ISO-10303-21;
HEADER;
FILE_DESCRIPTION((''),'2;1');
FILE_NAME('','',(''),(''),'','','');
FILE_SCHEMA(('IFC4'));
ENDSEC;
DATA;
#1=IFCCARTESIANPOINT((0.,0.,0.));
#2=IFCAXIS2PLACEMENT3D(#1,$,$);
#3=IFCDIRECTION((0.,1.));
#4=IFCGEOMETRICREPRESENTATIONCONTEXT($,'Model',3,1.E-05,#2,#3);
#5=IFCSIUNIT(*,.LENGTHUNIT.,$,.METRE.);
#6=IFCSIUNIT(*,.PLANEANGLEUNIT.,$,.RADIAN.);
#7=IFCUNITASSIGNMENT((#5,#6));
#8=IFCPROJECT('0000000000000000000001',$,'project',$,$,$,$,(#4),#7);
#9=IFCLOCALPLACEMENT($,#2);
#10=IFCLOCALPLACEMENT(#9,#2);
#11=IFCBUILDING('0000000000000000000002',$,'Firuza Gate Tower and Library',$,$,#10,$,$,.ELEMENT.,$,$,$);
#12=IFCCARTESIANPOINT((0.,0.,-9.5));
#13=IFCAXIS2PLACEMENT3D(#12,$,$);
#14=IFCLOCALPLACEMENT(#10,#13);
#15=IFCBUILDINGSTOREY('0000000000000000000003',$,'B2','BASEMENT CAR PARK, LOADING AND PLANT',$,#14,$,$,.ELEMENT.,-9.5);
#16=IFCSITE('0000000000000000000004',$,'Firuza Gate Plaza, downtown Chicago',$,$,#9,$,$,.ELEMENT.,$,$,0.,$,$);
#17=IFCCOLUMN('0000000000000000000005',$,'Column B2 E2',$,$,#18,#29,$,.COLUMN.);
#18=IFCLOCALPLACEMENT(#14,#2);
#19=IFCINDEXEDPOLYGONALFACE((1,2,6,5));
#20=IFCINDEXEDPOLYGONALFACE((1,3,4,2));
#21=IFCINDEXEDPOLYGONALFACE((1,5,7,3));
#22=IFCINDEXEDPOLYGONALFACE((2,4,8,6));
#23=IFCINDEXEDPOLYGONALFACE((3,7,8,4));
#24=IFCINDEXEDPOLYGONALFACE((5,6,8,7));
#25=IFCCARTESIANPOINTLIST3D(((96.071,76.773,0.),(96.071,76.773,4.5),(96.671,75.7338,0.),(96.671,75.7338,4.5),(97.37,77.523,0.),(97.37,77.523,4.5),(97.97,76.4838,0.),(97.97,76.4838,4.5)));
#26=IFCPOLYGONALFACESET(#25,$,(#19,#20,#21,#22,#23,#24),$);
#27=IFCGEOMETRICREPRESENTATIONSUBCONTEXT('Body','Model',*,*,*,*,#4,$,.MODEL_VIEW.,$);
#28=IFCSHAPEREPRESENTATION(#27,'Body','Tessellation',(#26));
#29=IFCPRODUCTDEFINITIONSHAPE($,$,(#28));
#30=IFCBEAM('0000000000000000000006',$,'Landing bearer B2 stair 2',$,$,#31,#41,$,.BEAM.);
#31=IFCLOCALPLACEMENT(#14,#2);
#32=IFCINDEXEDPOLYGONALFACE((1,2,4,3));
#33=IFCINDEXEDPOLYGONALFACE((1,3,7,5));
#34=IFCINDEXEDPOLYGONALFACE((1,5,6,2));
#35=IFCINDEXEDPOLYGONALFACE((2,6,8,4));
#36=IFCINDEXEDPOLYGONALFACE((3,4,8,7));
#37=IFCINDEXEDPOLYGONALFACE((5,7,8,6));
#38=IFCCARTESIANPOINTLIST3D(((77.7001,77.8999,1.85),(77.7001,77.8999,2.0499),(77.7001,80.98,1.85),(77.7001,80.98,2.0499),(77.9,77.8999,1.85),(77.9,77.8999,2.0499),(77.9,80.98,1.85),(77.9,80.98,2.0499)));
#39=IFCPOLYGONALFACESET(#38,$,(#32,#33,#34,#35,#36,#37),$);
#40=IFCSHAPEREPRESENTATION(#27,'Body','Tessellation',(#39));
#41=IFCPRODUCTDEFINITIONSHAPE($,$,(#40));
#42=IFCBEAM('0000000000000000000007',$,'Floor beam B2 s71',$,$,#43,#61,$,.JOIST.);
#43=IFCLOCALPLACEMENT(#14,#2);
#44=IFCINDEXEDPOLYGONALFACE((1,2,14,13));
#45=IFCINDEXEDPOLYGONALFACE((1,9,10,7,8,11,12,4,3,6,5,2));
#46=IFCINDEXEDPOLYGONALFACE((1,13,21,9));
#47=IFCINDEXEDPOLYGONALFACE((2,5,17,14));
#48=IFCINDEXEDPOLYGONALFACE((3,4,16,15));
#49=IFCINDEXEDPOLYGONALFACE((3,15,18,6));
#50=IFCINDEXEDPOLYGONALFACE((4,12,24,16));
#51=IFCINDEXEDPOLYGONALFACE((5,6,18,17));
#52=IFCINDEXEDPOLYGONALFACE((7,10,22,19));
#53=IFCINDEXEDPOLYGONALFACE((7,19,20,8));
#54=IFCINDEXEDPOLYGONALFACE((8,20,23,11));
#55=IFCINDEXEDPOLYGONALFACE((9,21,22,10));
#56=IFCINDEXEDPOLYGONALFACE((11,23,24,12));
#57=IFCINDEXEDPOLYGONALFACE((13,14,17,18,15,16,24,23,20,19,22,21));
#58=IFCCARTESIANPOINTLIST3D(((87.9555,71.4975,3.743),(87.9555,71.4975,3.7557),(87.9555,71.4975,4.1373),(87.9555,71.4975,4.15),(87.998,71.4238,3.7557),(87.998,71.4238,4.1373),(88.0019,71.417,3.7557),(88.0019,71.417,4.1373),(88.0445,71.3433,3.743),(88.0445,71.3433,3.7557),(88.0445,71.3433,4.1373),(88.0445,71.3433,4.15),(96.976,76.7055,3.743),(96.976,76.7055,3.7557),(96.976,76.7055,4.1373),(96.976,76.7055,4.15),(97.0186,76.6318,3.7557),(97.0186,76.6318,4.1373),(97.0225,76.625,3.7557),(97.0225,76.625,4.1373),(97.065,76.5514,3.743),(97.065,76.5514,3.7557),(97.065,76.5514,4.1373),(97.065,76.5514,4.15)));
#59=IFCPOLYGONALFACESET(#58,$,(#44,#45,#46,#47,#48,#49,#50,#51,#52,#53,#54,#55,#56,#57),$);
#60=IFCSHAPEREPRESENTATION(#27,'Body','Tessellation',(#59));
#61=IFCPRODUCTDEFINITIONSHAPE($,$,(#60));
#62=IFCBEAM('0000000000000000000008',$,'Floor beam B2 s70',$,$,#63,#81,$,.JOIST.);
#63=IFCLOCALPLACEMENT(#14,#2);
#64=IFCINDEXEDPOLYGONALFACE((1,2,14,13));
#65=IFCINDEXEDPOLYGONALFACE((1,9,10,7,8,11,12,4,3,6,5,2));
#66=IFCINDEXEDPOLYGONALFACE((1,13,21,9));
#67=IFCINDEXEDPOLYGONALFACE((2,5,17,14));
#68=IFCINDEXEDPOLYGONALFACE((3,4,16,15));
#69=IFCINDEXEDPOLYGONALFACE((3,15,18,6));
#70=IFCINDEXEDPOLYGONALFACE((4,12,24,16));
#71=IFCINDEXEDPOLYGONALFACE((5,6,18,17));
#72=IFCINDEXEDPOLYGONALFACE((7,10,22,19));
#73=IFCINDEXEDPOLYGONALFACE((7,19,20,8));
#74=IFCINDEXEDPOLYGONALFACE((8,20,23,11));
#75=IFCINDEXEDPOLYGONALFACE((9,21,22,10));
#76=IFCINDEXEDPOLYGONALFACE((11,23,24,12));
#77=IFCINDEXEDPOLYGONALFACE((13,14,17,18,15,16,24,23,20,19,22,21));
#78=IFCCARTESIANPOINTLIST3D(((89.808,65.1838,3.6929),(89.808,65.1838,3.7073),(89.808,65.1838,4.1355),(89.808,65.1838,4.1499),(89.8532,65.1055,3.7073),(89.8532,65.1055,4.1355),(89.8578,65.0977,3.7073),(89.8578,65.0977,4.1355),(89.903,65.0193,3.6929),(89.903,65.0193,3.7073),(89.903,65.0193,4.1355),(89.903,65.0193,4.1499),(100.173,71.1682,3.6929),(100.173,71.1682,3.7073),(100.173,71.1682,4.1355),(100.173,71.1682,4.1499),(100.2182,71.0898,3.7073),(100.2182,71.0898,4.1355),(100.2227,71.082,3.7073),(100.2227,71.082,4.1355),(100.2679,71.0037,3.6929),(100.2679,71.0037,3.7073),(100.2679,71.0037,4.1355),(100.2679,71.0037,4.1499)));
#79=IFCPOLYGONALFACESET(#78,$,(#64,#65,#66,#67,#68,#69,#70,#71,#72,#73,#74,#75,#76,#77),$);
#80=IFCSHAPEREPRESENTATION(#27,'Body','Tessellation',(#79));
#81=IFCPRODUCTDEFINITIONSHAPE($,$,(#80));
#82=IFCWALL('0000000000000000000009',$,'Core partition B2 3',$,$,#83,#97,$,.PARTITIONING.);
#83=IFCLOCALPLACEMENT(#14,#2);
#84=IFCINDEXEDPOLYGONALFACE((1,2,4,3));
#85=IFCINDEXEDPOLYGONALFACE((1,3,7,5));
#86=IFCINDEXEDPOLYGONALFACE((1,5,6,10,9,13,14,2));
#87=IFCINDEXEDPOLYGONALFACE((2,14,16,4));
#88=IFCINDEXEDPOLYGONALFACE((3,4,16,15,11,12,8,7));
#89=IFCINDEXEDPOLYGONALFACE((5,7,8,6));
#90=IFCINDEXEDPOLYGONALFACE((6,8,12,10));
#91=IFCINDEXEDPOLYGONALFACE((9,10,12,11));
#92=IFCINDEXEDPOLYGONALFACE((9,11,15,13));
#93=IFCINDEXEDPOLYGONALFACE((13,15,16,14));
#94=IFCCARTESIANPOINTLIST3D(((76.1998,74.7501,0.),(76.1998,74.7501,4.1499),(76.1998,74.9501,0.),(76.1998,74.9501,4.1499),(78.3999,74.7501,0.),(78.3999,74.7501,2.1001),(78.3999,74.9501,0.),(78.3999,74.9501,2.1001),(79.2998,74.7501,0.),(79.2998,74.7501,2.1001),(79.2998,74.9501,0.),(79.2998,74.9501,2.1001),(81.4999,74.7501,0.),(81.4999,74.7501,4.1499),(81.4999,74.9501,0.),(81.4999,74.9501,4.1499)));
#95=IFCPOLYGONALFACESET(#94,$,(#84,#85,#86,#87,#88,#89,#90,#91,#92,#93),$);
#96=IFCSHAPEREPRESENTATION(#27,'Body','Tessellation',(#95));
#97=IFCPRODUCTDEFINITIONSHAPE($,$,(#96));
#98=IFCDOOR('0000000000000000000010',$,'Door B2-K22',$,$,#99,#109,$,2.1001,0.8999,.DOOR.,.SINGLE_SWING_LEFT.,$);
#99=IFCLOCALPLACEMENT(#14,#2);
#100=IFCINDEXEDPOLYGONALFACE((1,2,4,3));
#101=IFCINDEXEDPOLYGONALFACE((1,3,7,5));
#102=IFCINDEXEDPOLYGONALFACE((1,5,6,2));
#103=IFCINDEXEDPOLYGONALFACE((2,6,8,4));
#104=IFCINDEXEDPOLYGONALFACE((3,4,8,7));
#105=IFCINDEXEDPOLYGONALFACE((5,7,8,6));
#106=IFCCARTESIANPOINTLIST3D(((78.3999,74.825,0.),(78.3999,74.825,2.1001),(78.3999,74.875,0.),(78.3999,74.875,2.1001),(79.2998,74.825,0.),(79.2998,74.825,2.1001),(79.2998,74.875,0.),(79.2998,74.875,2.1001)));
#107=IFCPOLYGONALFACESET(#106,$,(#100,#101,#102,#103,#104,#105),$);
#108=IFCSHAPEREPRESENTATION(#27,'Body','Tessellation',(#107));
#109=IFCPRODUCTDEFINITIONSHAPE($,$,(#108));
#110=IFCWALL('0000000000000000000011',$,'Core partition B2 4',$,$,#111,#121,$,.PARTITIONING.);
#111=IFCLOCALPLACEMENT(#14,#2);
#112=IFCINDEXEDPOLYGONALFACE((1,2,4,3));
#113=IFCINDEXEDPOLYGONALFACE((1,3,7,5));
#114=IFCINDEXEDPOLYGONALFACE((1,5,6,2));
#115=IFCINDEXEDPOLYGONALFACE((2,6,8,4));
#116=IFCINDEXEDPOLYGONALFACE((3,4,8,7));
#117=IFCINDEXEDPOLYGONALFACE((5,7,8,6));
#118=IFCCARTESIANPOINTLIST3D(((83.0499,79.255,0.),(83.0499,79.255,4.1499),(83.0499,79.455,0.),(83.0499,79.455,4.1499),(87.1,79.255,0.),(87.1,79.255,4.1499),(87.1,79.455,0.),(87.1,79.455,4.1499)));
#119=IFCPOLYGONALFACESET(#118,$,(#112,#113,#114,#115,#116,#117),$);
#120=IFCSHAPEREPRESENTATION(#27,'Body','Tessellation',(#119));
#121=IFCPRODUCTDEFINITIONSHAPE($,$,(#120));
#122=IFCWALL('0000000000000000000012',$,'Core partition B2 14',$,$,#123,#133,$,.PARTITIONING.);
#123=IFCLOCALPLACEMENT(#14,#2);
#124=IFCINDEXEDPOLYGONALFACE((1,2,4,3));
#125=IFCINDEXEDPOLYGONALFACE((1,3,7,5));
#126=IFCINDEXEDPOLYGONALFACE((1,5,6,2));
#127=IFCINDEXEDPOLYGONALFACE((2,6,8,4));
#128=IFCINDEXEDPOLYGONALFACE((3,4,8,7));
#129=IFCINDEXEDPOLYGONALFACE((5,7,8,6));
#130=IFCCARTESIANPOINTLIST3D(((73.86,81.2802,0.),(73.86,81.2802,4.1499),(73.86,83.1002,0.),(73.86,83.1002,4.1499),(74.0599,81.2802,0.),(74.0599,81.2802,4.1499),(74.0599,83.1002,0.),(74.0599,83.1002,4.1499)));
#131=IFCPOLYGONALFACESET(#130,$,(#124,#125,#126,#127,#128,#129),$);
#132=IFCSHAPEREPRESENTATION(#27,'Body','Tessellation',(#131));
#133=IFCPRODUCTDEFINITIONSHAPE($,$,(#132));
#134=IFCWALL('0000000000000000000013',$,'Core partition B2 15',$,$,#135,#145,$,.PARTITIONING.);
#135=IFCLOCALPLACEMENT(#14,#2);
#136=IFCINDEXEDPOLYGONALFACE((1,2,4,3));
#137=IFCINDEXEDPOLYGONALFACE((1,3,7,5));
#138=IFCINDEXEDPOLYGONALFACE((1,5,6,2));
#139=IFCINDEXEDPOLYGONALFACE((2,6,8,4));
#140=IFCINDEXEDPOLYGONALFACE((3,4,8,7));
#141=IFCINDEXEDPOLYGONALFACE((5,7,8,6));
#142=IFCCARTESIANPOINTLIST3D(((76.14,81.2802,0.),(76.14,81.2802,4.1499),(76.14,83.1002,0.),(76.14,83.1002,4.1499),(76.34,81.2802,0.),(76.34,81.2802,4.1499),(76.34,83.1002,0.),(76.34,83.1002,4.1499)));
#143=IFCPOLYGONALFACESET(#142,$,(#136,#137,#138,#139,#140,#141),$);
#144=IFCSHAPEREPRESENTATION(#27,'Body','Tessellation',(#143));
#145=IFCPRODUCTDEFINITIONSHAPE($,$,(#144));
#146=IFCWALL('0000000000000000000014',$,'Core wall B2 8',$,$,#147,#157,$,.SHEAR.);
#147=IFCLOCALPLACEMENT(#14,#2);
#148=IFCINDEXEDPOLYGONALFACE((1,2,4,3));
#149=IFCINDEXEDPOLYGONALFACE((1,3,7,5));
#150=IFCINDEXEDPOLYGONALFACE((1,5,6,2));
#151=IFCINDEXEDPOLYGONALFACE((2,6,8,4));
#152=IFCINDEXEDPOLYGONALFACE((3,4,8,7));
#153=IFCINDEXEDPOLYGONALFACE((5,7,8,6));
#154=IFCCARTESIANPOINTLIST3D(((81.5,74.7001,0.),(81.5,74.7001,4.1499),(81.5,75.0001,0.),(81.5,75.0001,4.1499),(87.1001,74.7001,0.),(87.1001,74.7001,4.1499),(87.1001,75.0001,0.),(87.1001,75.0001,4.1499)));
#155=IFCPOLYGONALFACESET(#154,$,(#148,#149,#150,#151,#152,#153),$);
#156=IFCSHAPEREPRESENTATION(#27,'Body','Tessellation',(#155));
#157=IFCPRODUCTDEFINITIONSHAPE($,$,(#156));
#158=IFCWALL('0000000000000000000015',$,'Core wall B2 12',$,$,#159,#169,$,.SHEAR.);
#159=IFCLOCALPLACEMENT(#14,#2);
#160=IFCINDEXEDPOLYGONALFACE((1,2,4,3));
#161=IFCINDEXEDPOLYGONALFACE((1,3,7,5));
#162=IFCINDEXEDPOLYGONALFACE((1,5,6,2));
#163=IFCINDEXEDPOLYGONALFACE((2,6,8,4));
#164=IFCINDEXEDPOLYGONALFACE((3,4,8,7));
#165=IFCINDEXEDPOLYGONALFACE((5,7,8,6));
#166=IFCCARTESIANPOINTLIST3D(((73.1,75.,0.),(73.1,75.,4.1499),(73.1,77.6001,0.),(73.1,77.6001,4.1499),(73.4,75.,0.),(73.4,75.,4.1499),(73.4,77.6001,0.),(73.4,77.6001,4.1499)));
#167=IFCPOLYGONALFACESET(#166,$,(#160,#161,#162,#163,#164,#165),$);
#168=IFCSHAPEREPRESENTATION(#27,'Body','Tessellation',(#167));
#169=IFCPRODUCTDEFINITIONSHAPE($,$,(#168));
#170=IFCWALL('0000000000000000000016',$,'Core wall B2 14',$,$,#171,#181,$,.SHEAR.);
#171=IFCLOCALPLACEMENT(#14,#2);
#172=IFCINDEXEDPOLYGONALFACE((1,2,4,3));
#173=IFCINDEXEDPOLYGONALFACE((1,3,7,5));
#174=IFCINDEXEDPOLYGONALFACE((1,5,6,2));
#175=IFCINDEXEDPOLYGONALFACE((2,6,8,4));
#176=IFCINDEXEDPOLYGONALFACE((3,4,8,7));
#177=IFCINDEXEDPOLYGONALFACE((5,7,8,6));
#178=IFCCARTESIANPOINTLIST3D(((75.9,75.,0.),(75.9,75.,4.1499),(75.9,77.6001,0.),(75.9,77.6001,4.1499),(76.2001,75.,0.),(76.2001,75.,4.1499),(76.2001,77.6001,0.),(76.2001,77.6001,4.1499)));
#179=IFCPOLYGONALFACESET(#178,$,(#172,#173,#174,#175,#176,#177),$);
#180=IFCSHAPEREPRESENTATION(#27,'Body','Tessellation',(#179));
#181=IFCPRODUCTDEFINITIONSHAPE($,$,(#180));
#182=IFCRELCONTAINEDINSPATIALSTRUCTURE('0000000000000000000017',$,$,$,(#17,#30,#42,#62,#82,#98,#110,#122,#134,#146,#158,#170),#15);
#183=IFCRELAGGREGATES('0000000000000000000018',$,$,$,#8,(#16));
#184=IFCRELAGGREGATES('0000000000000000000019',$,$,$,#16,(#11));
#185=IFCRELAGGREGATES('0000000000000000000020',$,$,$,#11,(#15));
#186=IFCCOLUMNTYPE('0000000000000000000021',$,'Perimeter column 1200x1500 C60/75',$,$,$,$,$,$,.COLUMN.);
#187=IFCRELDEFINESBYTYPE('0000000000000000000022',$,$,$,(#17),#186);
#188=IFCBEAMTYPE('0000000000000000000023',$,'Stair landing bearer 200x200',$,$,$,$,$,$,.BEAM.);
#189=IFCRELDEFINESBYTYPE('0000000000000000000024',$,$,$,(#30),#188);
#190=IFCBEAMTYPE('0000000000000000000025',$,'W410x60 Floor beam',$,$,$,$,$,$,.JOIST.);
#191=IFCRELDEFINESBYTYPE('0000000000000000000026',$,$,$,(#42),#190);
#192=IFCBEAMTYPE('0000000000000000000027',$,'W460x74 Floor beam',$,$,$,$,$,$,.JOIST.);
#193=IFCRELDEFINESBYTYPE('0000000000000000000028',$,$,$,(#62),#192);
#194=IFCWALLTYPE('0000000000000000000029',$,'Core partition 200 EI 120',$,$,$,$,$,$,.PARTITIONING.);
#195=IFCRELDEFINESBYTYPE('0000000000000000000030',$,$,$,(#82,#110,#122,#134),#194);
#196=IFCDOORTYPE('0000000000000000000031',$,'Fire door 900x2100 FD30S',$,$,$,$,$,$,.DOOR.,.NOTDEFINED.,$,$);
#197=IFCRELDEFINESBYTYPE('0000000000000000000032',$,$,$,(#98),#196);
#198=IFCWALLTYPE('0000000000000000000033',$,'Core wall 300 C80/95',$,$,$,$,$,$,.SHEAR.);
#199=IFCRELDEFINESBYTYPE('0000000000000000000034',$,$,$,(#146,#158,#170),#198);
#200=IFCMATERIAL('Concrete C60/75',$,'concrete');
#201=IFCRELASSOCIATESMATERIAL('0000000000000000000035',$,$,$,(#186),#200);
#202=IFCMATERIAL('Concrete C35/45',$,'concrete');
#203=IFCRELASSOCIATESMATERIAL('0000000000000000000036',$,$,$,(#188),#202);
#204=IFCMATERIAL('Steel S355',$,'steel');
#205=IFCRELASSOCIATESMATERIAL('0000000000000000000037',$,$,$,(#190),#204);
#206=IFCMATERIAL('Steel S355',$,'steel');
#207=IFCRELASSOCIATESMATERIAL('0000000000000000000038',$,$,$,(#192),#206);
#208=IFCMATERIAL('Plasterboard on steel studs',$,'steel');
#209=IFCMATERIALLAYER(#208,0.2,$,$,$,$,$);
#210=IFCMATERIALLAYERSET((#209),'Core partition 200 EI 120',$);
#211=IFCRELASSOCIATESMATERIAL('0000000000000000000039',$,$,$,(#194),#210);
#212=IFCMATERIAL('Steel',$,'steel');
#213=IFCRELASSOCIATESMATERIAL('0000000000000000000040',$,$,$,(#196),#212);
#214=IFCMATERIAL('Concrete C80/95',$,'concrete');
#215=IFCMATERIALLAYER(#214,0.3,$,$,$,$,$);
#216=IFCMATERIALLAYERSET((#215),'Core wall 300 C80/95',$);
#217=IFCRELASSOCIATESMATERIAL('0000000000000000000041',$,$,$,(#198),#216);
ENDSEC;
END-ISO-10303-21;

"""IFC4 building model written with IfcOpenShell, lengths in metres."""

from ifc_helpers import new_model, si_unit, direction, frame, frame_2d, origin, origin_2d, place, context, subcontext, project, spatial, rectangle, i_section, extrude, material, layer, layer_set, material_profile, profile_set, type_object, element, fill, save


model = new_model("IFC4")

# Units and contexts
model_context = context("Model", 3, precision=1e-05, world=origin(), true_north=direction((0.0, 1.0)))
body_context = subcontext(model_context, "Body", "Model", "MODEL_VIEW")
ifc_project = project(units=[si_unit("LENGTHUNIT", "METRE"), si_unit("PLANEANGLEUNIT", "RADIAN")], contexts=[model_context])

# Site, building, storey
site_placement = place(None, origin())
site = spatial("IfcSite", under=ifc_project, at=site_placement, Name="Firuza Gate Plaza, downtown Chicago", CompositionType="ELEMENT", RefElevation=0.0)
building_placement = place(site_placement, origin())
building = spatial("IfcBuilding", under=site, at=building_placement, Name="Firuza Gate Tower and Library", CompositionType="ELEMENT")
storey_placement = place(building_placement, frame((0.0, 0.0, -9.5)))
storey = spatial("IfcBuildingStorey", under=building, at=storey_placement, Name="B2", Description="BASEMENT CAR PARK, LOADING AND PLANT", CompositionType="ELEMENT", Elevation=-9.5)

# Column
ifc_material_1 = material(Name="Concrete C60/75", Category="concrete")
ifc_material_profile_1 = material_profile(ifc_material_1, rectangle(XDim=1.2, YDim=1.5, at=origin_2d()))
ifc_profile_set_1 = profile_set([ifc_material_profile_1], Name="Concrete C60/75")
column_type = type_object("IfcColumnType", Name="Perimeter column 1200x1500 C60/75", PredefinedType="COLUMN", material=ifc_profile_set_1)
column_placement = place(storey_placement, frame((97.0205, 76.6284, 0.0), z_axis=(0.0, 0.0, 1.0), x_axis=(-0.5, 0.866025, 0.0)))
element("IfcColumn", 1, at=column_placement, inside=storey, type_object=column_type, Name="Column B2 E2", PredefinedType="COLUMN", context=body_context, shape_type="SweptSolid", body=[
    extrude(rectangle(XDim=1.2, YDim=1.5, at=origin_2d()), origin(), (0.0, 0.0, 1.0), 4.5),
])

# Beams
ifc_material_2 = material(Name="Concrete C35/45", Category="concrete")
ifc_material_profile_2 = material_profile(ifc_material_2, rectangle(XDim=0.2, YDim=0.2, at=origin_2d()))
ifc_profile_set_2 = profile_set([ifc_material_profile_2], Name="Concrete C35/45")
beam_type_1 = type_object("IfcBeamType", Name="Stair landing bearer 200x200", PredefinedType="BEAM", material=ifc_profile_set_2)
beam_1_placement = place(storey_placement, frame((77.8, 80.98, 1.95), z_axis=(0.0, -1.0, 0.0), x_axis=(1.0, 0.0, 0.0)))
element("IfcBeam", 2, at=beam_1_placement, inside=storey, type_object=beam_type_1, Name="Landing bearer B2 stair 2", PredefinedType="BEAM", context=body_context, shape_type="SweptSolid", body=[
    extrude(rectangle(XDim=0.2, YDim=0.2, at=origin_2d()), origin(), (0.0, 0.0, 1.0), 3.0801),
])
ifc_material_3 = material(Name="Steel S355", Category="steel")
ifc_material_profile_3 = material_profile(ifc_material_3, i_section(OverallWidth=0.178, OverallDepth=0.407, WebThickness=0.0078, FlangeThickness=0.0127, at=origin_2d()))
ifc_profile_set_3 = profile_set([ifc_material_profile_3], Name="Steel S355")
beam_type_2 = type_object("IfcBeamType", Name="W410x60 Floor beam", PredefinedType="JOIST", material=ifc_profile_set_3)
beam_2_placement = place(storey_placement, frame((97.0205, 76.6284, 3.9465), z_axis=(-0.866025, -0.500001, 0.0), x_axis=(0.500001, -0.866025, 0.0)))
element("IfcBeam", 3, at=beam_2_placement, inside=storey, type_object=beam_type_2, Name="Floor beam B2 s71", PredefinedType="JOIST", context=body_context, shape_type="SweptSolid", body=[
    extrude(i_section(OverallWidth=0.178, OverallDepth=0.407, WebThickness=0.0078, FlangeThickness=0.0127, at=origin_2d()), origin(), (0.0, 0.0, 1.0), 10.416),
])
ifc_material_4 = material(Name="Steel S355", Category="steel")
ifc_material_profile_4 = material_profile(ifc_material_4, i_section(OverallWidth=0.1899, OverallDepth=0.457, WebThickness=0.009, FlangeThickness=0.0144, at=origin_2d()))
ifc_profile_set_4 = profile_set([ifc_material_profile_4], Name="Steel S355")
beam_type_3 = type_object("IfcBeamType", Name="W460x74 Floor beam", PredefinedType="JOIST", material=ifc_profile_set_4)
beam_3_placement = place(storey_placement, frame((100.2205, 71.0859, 3.9214), z_axis=(-0.86602, -0.500009, 0.0), x_axis=(0.500009, -0.86602, 0.0)))
element("IfcBeam", 4, at=beam_3_placement, inside=storey, type_object=beam_type_3, Name="Floor beam B2 s70", PredefinedType="JOIST", context=body_context, shape_type="SweptSolid", body=[
    extrude(i_section(OverallWidth=0.1899, OverallDepth=0.457, WebThickness=0.009, FlangeThickness=0.0144, at=origin_2d()), origin(), (0.0, 0.0, 1.0), 11.9685),
])

# Wall, opening, door
ifc_material_5 = material(Name="Plasterboard on steel studs", Category="steel")
ifc_layer_1 = layer(ifc_material_5, 0.2)
ifc_layer_set_1 = layer_set([ifc_layer_1], Name="Core partition 200 EI 120")
wall_type_1 = type_object("IfcWallType", Name="Core partition 200 EI 120", PredefinedType="PARTITIONING", material=ifc_layer_set_1)
wall_1_placement = place(storey_placement, frame((76.2, 74.8501, 0.0), z_axis=(0.0, 0.0, 1.0), x_axis=(1.0, 0.0, 0.0)))
wall_1 = element("IfcWall", 5, at=wall_1_placement, inside=storey, type_object=wall_type_1, Name="Core partition B2 3", PredefinedType="PARTITIONING", context=body_context, shape_type="SweptSolid", body=[
    extrude(rectangle(XDim=5.3, YDim=0.2, at=frame_2d((2.6499, 0.0))), origin(), (0.0, 0.0, 1.0), 4.1499),
])
opening_1_placement = place(wall_1_placement, frame((2.2, 0.0, 0.0)))
opening_1 = element("IfcOpeningElement", 6, at=opening_1_placement, cuts=wall_1, PredefinedType="OPENING", context=body_context, shape_type="SweptSolid", body=[
    extrude(rectangle(XDim=0.8999, YDim=2.1001, at=frame_2d((0.45, 1.05))), frame((0.0, 0.1099, 0.0), z_axis=(0.0, -1.0, 0.0), x_axis=(1.0, 0.0, 0.0)), (0.0, 0.0, 1.0), 0.22),
])
ifc_material_6 = material(Name="Steel", Category="steel")
door_type_1 = type_object("IfcDoorType", Name="Fire door 900x2100 FD30S", OperationType="NOTDEFINED", PredefinedType="DOOR", material=ifc_material_6)
door_1_placement = place(opening_1_placement, origin())
door_1 = element("IfcDoor", 7, at=door_1_placement, inside=storey, type_object=door_type_1, Name="Door B2-K22", OperationType="SINGLE_SWING_LEFT", OverallHeight=2.1001, OverallWidth=0.8999, PredefinedType="DOOR", context=body_context, shape_type="SweptSolid", body=[
    extrude(rectangle(XDim=0.8999, YDim=2.1001, at=frame_2d((0.45, 1.05))), frame((0.0, 0.0249, 0.0), z_axis=(0.0, -1.0, 0.0), x_axis=(1.0, 0.0, 0.0)), (0.0, 0.0, 1.0), 0.05),
])
fill(opening_1, door_1)

# Walls
wall_2_placement = place(storey_placement, frame((83.05, 79.355, 0.0), z_axis=(0.0, 0.0, 1.0), x_axis=(1.0, 0.0, 0.0)))
element("IfcWall", 8, at=wall_2_placement, inside=storey, type_object=wall_type_1, Name="Core partition B2 4", PredefinedType="PARTITIONING", context=body_context, shape_type="SweptSolid", body=[
    extrude(rectangle(XDim=4.05, YDim=0.2, at=frame_2d((2.0249, 0.0))), origin(), (0.0, 0.0, 1.0), 4.1499),
])
for number, where, z_axis, x_axis, name in (
    (9, (73.96, 81.28, 0.0), (0.0, 0.0, 1.0), (0.0, 1.0, 0.0), "Core partition B2 14"),
    (10, (76.24, 81.28, 0.0), (0.0, 0.0, 1.0), (0.0, 1.0, 0.0), "Core partition B2 15"),
):
    element("IfcWall", number, at=place(storey_placement, frame(where, z_axis=z_axis, x_axis=x_axis)), inside=storey, type_object=wall_type_1, Name=name, PredefinedType="PARTITIONING", context=body_context, shape_type="SweptSolid", body=[
        extrude(rectangle(XDim=1.8201, YDim=0.2, at=frame_2d((0.9102, 0.0))), origin(), (0.0, 0.0, 1.0), 4.1499),
    ])
ifc_material_7 = material(Name="Concrete C80/95", Category="concrete")
ifc_layer_2 = layer(ifc_material_7, 0.3)
ifc_layer_set_2 = layer_set([ifc_layer_2], Name="Core wall 300 C80/95")
wall_type_2 = type_object("IfcWallType", Name="Core wall 300 C80/95", PredefinedType="SHEAR", material=ifc_layer_set_2)
wall_3_placement = place(storey_placement, frame((81.5, 74.8501, 0.0), z_axis=(0.0, 0.0, 1.0), x_axis=(1.0, 0.0, 0.0)))
element("IfcWall", 11, at=wall_3_placement, inside=storey, type_object=wall_type_2, Name="Core wall B2 8", PredefinedType="SHEAR", context=body_context, shape_type="SweptSolid", body=[
    extrude(rectangle(XDim=5.6001, YDim=0.3, at=frame_2d((2.8, 0.0))), origin(), (0.0, 0.0, 1.0), 4.1499),
])
for number, where, z_axis, x_axis, name in (
    (12, (73.25, 75.0, 0.0), (0.0, 0.0, 1.0), (0.0, 1.0, 0.0), "Core wall B2 12"),
    (13, (76.05, 75.0, 0.0), (0.0, 0.0, 1.0), (0.0, 1.0, 0.0), "Core wall B2 14"),
):
    element("IfcWall", number, at=place(storey_placement, frame(where, z_axis=z_axis, x_axis=x_axis)), inside=storey, type_object=wall_type_2, Name=name, PredefinedType="SHEAR", context=body_context, shape_type="SweptSolid", body=[
        extrude(rectangle(XDim=2.6001, YDim=0.3, at=frame_2d((1.3, 0.0))), origin(), (0.0, 0.0, 1.0), 4.1499),
    ])

save(model, "model.ifc")
